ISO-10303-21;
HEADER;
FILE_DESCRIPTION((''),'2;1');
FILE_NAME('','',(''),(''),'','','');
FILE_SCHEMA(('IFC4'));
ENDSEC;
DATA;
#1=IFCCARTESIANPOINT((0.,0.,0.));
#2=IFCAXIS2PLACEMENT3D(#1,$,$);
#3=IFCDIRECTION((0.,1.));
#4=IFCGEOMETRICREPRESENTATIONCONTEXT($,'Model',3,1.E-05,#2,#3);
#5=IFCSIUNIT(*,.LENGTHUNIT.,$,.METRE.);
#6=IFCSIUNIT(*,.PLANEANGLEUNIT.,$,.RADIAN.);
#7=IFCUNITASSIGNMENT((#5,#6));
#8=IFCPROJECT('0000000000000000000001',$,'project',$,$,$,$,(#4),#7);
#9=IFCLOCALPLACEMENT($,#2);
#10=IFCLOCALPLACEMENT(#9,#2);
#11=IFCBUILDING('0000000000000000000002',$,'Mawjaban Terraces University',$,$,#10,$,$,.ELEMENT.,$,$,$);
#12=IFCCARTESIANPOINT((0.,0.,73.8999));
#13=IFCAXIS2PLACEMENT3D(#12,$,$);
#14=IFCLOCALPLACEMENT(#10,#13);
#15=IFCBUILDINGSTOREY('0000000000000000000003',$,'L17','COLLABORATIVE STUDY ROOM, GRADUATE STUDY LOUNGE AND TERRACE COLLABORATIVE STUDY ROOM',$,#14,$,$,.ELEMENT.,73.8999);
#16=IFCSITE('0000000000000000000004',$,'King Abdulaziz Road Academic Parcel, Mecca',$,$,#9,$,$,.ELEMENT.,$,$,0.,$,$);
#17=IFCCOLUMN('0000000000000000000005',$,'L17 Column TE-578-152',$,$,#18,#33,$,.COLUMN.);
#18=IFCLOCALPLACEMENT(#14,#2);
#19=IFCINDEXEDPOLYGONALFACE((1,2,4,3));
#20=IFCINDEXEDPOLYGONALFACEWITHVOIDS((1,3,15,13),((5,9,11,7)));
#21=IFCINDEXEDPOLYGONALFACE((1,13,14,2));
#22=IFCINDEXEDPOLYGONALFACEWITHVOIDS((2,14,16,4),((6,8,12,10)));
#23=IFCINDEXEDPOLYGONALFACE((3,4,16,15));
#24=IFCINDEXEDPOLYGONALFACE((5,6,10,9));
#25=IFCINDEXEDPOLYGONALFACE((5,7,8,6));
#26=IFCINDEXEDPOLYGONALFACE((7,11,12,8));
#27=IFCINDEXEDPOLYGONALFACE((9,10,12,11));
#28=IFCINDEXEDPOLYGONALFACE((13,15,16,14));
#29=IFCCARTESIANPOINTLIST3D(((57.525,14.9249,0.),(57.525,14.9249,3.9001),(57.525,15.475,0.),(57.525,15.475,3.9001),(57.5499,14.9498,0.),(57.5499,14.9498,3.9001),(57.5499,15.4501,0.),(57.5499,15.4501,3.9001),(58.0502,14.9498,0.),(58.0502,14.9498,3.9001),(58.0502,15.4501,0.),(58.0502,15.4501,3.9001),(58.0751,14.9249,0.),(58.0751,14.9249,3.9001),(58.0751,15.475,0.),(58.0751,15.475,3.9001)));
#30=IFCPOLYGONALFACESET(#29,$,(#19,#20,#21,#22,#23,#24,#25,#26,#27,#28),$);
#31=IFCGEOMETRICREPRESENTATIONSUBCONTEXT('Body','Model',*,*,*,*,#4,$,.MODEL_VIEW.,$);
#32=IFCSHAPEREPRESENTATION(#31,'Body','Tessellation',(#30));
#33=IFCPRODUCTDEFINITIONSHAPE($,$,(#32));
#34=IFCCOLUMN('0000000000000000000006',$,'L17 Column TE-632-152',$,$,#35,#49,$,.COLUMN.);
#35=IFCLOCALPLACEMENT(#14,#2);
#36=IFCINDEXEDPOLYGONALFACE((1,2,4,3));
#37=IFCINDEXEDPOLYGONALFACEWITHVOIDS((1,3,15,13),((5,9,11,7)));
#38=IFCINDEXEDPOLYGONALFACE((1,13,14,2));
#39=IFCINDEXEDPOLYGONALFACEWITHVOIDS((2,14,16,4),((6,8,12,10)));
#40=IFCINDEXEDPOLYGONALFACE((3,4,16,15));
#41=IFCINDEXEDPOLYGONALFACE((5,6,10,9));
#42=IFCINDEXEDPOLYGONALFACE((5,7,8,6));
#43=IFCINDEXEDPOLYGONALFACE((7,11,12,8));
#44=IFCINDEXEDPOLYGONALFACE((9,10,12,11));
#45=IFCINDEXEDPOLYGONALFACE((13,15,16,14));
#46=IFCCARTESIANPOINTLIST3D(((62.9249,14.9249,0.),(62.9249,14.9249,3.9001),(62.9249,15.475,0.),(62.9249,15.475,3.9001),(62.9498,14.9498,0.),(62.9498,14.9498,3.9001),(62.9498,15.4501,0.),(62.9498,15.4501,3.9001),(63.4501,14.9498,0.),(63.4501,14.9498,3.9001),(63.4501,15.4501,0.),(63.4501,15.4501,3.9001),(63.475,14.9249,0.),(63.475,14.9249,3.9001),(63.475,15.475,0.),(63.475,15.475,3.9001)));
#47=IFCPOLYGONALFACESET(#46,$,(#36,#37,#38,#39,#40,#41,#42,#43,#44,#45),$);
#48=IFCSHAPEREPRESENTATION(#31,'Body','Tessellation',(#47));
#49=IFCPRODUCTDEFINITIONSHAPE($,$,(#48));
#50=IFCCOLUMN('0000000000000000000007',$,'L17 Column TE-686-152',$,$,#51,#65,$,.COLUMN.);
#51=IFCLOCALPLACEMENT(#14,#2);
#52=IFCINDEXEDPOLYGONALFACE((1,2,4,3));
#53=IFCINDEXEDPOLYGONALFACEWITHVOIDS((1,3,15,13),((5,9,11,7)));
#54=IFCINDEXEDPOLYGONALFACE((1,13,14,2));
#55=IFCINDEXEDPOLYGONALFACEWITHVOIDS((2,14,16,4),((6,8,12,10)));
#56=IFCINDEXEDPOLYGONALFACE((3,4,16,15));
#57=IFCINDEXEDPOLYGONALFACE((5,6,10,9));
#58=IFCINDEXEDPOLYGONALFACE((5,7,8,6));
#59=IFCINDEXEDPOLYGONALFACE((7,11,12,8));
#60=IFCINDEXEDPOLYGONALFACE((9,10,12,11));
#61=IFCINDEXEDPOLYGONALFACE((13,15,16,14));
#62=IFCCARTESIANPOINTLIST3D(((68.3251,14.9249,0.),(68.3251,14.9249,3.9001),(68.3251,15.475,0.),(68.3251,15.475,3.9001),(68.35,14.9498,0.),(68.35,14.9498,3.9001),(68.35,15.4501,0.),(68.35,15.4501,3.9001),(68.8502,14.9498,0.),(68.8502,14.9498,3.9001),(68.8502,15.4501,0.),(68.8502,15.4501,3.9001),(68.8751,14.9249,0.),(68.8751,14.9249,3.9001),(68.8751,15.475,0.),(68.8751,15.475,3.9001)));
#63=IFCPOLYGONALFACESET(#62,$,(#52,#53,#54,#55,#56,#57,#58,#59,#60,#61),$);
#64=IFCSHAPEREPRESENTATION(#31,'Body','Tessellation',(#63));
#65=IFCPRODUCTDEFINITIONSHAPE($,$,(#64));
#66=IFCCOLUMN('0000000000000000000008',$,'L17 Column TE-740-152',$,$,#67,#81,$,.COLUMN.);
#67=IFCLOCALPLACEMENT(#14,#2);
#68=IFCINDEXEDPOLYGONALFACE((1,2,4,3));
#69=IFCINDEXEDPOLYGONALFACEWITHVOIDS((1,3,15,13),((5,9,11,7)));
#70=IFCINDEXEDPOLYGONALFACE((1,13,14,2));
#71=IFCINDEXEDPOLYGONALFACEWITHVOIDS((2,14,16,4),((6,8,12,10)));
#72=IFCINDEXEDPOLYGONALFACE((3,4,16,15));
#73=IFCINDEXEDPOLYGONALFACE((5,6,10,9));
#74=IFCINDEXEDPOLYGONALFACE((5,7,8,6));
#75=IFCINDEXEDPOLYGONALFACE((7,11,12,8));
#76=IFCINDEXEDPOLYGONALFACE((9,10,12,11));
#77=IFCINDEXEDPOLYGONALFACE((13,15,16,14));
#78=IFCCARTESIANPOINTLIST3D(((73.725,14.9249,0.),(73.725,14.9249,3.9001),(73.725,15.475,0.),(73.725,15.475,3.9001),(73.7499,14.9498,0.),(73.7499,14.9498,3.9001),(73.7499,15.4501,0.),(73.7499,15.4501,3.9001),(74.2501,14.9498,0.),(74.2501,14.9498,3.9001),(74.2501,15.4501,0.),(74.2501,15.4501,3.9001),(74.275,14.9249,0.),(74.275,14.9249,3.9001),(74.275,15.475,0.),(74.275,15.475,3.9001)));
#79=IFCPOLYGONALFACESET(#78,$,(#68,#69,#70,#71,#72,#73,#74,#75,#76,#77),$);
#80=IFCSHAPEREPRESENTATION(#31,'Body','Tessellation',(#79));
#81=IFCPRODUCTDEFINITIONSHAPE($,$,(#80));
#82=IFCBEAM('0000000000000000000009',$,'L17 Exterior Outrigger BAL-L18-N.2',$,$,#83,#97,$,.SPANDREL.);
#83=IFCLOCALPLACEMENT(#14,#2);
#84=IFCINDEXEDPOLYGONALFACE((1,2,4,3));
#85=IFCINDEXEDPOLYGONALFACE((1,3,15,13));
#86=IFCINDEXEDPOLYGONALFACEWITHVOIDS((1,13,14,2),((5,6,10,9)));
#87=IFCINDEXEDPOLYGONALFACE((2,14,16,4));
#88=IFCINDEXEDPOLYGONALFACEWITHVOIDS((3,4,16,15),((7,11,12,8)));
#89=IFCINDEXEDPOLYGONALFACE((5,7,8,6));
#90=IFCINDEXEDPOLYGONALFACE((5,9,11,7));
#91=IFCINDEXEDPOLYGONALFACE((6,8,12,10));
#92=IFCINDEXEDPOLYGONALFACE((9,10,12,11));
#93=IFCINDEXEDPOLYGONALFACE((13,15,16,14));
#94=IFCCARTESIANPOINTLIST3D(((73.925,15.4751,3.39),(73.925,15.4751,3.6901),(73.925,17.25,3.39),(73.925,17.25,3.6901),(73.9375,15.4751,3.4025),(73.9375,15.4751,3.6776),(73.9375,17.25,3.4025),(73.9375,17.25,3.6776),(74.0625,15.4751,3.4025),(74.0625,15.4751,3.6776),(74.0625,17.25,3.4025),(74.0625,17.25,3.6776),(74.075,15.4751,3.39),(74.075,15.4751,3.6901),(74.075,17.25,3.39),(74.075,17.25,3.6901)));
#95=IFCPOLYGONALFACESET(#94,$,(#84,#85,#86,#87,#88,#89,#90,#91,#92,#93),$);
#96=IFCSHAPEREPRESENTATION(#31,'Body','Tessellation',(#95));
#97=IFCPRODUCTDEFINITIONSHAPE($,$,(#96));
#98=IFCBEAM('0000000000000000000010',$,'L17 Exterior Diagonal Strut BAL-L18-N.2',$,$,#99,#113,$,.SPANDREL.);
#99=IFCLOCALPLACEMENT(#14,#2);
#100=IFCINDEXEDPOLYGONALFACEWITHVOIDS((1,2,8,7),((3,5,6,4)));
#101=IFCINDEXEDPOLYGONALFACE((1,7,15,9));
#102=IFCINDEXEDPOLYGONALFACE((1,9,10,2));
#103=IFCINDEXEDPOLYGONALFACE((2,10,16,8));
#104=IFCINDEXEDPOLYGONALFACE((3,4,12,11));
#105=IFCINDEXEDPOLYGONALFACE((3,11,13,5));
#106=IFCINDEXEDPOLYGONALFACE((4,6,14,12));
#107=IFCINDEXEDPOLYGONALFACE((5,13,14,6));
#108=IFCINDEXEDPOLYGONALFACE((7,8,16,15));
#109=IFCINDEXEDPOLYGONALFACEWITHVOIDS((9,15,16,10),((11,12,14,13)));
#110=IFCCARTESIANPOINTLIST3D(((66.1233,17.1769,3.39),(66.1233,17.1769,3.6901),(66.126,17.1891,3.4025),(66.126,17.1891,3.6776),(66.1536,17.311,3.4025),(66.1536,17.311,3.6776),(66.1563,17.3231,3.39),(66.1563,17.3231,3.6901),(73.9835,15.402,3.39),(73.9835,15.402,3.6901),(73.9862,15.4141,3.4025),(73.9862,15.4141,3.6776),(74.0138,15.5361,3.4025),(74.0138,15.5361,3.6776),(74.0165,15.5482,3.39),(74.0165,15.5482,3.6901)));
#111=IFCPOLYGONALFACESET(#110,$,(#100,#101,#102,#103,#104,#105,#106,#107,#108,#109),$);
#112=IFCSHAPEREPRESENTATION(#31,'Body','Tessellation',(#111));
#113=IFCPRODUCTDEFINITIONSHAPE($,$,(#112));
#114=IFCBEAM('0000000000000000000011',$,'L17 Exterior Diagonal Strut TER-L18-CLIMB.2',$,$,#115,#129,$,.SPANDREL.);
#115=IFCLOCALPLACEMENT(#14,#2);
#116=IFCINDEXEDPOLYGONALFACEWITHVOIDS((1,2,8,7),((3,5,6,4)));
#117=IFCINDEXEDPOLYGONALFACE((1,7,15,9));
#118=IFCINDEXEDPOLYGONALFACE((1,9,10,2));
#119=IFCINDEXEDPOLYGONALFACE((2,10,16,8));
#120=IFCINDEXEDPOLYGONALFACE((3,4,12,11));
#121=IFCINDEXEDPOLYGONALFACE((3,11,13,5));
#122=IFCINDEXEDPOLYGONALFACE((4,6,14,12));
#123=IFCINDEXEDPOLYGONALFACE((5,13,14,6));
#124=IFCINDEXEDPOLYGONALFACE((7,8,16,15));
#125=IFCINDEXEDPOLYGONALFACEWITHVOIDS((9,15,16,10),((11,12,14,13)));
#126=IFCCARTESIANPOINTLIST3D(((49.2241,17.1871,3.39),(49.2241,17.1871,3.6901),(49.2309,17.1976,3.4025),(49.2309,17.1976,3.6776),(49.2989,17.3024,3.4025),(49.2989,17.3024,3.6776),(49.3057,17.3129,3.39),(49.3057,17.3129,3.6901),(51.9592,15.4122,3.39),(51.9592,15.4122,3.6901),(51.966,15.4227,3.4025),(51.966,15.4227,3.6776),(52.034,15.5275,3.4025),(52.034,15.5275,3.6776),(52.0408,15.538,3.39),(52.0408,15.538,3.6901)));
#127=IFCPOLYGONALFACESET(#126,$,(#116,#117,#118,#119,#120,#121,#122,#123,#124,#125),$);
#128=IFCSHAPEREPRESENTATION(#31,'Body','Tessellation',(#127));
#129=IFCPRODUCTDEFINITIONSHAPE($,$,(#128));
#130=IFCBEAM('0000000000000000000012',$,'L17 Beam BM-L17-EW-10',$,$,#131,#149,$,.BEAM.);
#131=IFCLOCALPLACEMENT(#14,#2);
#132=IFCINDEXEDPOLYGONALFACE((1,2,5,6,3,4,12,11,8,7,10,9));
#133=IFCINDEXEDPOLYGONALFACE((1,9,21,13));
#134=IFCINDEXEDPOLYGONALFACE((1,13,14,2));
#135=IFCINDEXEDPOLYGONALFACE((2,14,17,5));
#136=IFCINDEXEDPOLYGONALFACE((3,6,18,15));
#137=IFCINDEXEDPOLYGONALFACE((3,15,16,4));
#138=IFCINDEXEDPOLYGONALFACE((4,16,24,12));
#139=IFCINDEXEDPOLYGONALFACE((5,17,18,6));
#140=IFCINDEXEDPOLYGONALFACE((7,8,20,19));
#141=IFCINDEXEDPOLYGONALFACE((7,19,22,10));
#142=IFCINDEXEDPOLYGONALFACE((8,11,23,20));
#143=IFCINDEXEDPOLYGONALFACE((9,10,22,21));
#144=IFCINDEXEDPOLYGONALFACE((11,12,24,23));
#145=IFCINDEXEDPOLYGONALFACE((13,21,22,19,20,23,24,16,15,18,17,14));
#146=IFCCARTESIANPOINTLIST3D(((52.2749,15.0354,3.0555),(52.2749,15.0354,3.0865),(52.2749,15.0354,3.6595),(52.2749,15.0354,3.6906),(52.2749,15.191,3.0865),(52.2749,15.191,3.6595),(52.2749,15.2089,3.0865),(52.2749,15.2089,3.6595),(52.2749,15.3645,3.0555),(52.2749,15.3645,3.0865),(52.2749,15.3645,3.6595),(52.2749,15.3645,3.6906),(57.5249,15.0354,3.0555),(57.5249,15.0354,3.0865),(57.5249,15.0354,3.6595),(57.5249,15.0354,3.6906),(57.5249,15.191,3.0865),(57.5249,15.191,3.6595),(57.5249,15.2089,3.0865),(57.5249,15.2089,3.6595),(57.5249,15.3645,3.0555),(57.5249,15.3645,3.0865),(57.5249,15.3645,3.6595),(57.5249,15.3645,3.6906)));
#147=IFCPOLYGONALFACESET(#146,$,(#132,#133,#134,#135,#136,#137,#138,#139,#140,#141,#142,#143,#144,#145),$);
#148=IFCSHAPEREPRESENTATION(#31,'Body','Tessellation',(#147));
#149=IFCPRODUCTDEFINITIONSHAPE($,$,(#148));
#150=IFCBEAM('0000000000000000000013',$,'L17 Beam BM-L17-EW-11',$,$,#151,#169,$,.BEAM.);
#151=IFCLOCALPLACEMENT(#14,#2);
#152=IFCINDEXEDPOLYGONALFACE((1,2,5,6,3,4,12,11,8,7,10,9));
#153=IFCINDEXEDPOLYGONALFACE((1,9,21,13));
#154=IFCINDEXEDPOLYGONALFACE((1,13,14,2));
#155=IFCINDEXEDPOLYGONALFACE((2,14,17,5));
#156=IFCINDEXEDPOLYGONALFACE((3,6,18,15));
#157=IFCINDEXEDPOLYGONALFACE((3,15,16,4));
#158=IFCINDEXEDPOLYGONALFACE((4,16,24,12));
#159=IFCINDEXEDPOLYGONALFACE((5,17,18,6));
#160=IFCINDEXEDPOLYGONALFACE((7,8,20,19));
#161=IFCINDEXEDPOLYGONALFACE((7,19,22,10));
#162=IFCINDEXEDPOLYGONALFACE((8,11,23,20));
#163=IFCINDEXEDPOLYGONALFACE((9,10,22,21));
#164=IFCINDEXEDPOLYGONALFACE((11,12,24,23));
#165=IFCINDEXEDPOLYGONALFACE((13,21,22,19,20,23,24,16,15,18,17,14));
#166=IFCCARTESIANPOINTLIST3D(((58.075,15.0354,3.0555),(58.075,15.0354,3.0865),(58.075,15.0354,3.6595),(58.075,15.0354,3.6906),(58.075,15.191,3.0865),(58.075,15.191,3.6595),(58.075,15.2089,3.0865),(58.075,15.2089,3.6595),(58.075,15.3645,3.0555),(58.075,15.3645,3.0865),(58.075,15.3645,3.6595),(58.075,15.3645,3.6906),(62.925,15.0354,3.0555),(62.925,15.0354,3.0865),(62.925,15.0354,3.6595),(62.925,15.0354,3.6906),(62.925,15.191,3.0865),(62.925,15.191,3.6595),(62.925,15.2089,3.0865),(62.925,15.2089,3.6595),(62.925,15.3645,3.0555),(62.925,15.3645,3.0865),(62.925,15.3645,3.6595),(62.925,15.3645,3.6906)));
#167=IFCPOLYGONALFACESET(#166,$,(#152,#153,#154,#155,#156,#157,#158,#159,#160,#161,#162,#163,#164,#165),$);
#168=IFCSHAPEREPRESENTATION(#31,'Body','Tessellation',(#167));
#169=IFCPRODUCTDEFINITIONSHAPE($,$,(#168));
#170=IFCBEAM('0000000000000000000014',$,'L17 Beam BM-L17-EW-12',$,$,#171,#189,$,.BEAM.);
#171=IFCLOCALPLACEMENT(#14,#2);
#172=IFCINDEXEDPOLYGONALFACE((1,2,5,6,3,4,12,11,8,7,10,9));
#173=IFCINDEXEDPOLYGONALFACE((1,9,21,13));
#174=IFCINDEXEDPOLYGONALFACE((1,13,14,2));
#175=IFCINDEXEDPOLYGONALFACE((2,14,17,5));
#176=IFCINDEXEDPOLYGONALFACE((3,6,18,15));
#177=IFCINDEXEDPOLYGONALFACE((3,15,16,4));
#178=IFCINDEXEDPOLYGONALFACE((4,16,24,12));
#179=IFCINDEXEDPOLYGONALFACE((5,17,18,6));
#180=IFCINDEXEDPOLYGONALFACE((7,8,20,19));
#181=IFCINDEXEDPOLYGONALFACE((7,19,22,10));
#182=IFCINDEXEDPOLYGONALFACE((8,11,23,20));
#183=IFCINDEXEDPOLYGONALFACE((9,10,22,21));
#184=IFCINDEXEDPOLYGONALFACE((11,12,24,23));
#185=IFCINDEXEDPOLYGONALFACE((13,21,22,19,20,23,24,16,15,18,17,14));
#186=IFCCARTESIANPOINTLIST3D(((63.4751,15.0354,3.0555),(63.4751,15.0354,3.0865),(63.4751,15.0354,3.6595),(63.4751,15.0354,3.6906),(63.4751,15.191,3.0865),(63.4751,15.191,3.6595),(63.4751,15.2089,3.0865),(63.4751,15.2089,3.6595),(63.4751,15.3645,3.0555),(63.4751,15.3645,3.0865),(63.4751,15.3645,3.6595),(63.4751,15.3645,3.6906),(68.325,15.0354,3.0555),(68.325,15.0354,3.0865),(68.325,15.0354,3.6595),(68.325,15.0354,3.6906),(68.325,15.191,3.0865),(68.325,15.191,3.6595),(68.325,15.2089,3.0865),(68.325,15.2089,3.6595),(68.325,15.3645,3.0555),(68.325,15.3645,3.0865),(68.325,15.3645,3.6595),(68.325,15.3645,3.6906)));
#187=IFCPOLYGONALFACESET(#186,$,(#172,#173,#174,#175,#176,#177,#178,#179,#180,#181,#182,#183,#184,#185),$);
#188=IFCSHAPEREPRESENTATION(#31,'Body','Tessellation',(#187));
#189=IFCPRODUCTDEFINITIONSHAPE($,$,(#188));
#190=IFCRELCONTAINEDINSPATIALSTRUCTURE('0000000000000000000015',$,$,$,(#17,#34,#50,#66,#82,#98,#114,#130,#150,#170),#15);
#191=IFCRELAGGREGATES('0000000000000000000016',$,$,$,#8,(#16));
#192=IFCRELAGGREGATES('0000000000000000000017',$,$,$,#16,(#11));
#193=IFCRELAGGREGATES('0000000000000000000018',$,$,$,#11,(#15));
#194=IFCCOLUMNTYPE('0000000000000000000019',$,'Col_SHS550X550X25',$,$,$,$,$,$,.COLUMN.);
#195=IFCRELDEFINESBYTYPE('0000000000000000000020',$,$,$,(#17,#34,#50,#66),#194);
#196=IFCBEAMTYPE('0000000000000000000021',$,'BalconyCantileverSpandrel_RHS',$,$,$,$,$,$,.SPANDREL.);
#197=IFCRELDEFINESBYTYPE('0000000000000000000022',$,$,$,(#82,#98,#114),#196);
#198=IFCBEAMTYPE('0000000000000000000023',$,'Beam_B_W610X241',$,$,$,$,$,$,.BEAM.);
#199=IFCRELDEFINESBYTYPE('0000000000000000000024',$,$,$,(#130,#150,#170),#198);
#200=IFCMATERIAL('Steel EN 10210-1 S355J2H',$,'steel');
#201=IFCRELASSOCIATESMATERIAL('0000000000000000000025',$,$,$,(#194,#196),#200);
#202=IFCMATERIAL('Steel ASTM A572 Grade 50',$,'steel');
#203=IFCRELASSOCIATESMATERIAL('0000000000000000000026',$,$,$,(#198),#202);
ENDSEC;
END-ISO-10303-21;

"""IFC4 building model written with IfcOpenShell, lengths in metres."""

from ifc_helpers import new_model, si_unit, direction, frame, origin, origin_2d, place, context, subcontext, project, spatial, hollow_rectangle, i_section, extrude, material, material_profile, profile_set, type_object, element, save


model = new_model("IFC4")

# Units and contexts
model_context = context("Model", 3, precision=1e-05, world=origin(), true_north=direction((0.0, 1.0)))
body_context = subcontext(model_context, "Body", "Model", "MODEL_VIEW")
ifc_project = project(units=[si_unit("LENGTHUNIT", "METRE"), si_unit("PLANEANGLEUNIT", "RADIAN")], contexts=[model_context])

# Site, building, storey
site_placement = place(None, origin())
site = spatial("IfcSite", under=ifc_project, at=site_placement, Name="King Abdulaziz Road Academic Parcel, Mecca", CompositionType="ELEMENT", RefElevation=0.0)
building_placement = place(site_placement, origin())
building = spatial("IfcBuilding", under=site, at=building_placement, Name="Mawjaban Terraces University", CompositionType="ELEMENT")
storey_placement = place(building_placement, frame((0.0, 0.0, 73.8999)))
storey = spatial("IfcBuildingStorey", under=building, at=storey_placement, Name="L17", Description="COLLABORATIVE STUDY ROOM, GRADUATE STUDY LOUNGE AND TERRACE COLLABORATIVE STUDY ROOM", CompositionType="ELEMENT", Elevation=73.8999)

# Columns
ifc_material_1 = material(Name="Steel EN 10210-1 S355J2H", Category="steel")
ifc_material_profile_1 = material_profile(ifc_material_1, hollow_rectangle(XDim=0.55, YDim=0.55, WallThickness=0.0249, at=origin_2d()), Name="SHS550X550X25")
ifc_profile_set_1 = profile_set([ifc_material_profile_1], Name="Steel EN 10210-1 S355J2H")
column_type = type_object("IfcColumnType", Name="Col_SHS550X550X25", PredefinedType="COLUMN", material=ifc_profile_set_1)
for number, where, z_axis, x_axis, name in (
    (1, (57.8, 15.2, 0.0), (0.0, 0.0, 1.0), (1.0, 0.0, 0.0), "L17 Column TE-578-152"),
    (2, (63.2, 15.2, 0.0), (0.0, 0.0, 1.0), (1.0, 0.0, 0.0), "L17 Column TE-632-152"),
    (3, (68.6001, 15.2, 0.0), (0.0, 0.0, 1.0), (1.0, 0.0, 0.0), "L17 Column TE-686-152"),
    (4, (74.0, 15.2, 0.0), (0.0, 0.0, 1.0), (1.0, 0.0, 0.0), "L17 Column TE-740-152"),
):
    element("IfcColumn", number, at=place(storey_placement, frame(where, z_axis=z_axis, x_axis=x_axis)), inside=storey, type_object=column_type, Name=name, PredefinedType="COLUMN", context=body_context, shape_type="SweptSolid", body=[
        extrude(hollow_rectangle(XDim=0.55, YDim=0.55, WallThickness=0.0249, at=origin_2d()), origin(), (0.0, 0.0, 1.0), 3.9001),
    ])

# Beams
ifc_material_profile_2 = material_profile(ifc_material_1, hollow_rectangle(XDim=0.1499, YDim=0.3, WallThickness=0.0125, at=origin_2d()), Name="RHS300X150X12.5")
ifc_profile_set_2 = profile_set([ifc_material_profile_2], Name="Steel EN 10210-1 S355J2H")
beam_type_1 = type_object("IfcBeamType", Name="BalconyCantileverSpandrel_RHS", PredefinedType="SPANDREL", material=ifc_profile_set_2)
beam_1_placement = place(storey_placement, frame((74.0, 15.4751, 3.54), z_axis=(0.0, 1.0, 0.0), x_axis=(-1.0, 0.0, 0.0)))
element("IfcBeam", 5, at=beam_1_placement, inside=storey, type_object=beam_type_1, Name="L17 Exterior Outrigger BAL-L18-N.2", PredefinedType="SPANDREL", context=body_context, shape_type="SweptSolid", body=[
    extrude(hollow_rectangle(XDim=0.1499, YDim=0.3, WallThickness=0.0125, at=origin_2d()), origin(), (0.0, 0.0, 1.0), 1.7749),
])
beam_2_placement = place(storey_placement, frame((74.0, 15.4751, 3.54), z_axis=(-0.97544, 0.220266, 0.0), x_axis=(-0.220266, -0.97544, 0.0)))
element("IfcBeam", 6, at=beam_2_placement, inside=storey, type_object=beam_type_1, Name="L17 Exterior Diagonal Strut BAL-L18-N.2", PredefinedType="SPANDREL", context=body_context, shape_type="SweptSolid", body=[
    extrude(hollow_rectangle(XDim=0.1499, YDim=0.3, WallThickness=0.0125, at=origin_2d()), origin(), (0.0, 0.0, 1.0), 8.0581),
])
beam_3_placement = place(storey_placement, frame((52.0, 15.4751, 3.54), z_axis=(-0.838852, 0.544359, 0.0), x_axis=(-0.544359, -0.838852, 0.0)))
element("IfcBeam", 7, at=beam_3_placement, inside=storey, type_object=beam_type_1, Name="L17 Exterior Diagonal Strut TER-L18-CLIMB.2", PredefinedType="SPANDREL", context=body_context, shape_type="SweptSolid", body=[
    extrude(hollow_rectangle(XDim=0.1499, YDim=0.3, WallThickness=0.0125, at=origin_2d()), origin(), (0.0, 0.0, 1.0), 3.2605),
])
ifc_material_2 = material(Name="Steel ASTM A572 Grade 50", Category="steel")
ifc_material_profile_3 = material_profile(ifc_material_2, i_section(OverallWidth=0.3291, OverallDepth=0.635, WebThickness=0.0178, FlangeThickness=0.031, at=origin_2d()), Name="W610X241")
ifc_profile_set_3 = profile_set([ifc_material_profile_3], Name="Steel ASTM A572 Grade 50")
beam_type_2 = type_object("IfcBeamType", Name="Beam_B_W610X241", PredefinedType="BEAM", material=ifc_profile_set_3)
beam_4_placement = place(storey_placement, frame((52.2749, 15.2, 3.373), z_axis=(1.0, 0.0, 0.0), x_axis=(0.0, 1.0, 0.0)))
element("IfcBeam", 8, at=beam_4_placement, inside=storey, type_object=beam_type_2, Name="L17 Beam BM-L17-EW-10", PredefinedType="BEAM", context=body_context, shape_type="SweptSolid", body=[
    extrude(i_section(OverallWidth=0.3291, OverallDepth=0.635, WebThickness=0.0178, FlangeThickness=0.031, at=origin_2d()), origin(), (0.0, 0.0, 1.0), 5.25),
])
beam_5_placement = place(storey_placement, frame((58.075, 15.2, 3.373), z_axis=(1.0, 0.0, 0.0), x_axis=(0.0, 1.0, 0.0)))
element("IfcBeam", 9, at=beam_5_placement, inside=storey, type_object=beam_type_2, Name="L17 Beam BM-L17-EW-11", PredefinedType="BEAM", context=body_context, shape_type="SweptSolid", body=[
    extrude(i_section(OverallWidth=0.3291, OverallDepth=0.635, WebThickness=0.0178, FlangeThickness=0.031, at=origin_2d()), origin(), (0.0, 0.0, 1.0), 4.8501),
])
beam_6_placement = place(storey_placement, frame((63.4751, 15.2, 3.373), z_axis=(1.0, 0.0, 0.0), x_axis=(0.0, 1.0, 0.0)))
element("IfcBeam", 10, at=beam_6_placement, inside=storey, type_object=beam_type_2, Name="L17 Beam BM-L17-EW-12", PredefinedType="BEAM", context=body_context, shape_type="SweptSolid", body=[
    extrude(i_section(OverallWidth=0.3291, OverallDepth=0.635, WebThickness=0.0178, FlangeThickness=0.031, at=origin_2d()), origin(), (0.0, 0.0, 1.0), 4.8499),
])

save(model, "model.ifc")
